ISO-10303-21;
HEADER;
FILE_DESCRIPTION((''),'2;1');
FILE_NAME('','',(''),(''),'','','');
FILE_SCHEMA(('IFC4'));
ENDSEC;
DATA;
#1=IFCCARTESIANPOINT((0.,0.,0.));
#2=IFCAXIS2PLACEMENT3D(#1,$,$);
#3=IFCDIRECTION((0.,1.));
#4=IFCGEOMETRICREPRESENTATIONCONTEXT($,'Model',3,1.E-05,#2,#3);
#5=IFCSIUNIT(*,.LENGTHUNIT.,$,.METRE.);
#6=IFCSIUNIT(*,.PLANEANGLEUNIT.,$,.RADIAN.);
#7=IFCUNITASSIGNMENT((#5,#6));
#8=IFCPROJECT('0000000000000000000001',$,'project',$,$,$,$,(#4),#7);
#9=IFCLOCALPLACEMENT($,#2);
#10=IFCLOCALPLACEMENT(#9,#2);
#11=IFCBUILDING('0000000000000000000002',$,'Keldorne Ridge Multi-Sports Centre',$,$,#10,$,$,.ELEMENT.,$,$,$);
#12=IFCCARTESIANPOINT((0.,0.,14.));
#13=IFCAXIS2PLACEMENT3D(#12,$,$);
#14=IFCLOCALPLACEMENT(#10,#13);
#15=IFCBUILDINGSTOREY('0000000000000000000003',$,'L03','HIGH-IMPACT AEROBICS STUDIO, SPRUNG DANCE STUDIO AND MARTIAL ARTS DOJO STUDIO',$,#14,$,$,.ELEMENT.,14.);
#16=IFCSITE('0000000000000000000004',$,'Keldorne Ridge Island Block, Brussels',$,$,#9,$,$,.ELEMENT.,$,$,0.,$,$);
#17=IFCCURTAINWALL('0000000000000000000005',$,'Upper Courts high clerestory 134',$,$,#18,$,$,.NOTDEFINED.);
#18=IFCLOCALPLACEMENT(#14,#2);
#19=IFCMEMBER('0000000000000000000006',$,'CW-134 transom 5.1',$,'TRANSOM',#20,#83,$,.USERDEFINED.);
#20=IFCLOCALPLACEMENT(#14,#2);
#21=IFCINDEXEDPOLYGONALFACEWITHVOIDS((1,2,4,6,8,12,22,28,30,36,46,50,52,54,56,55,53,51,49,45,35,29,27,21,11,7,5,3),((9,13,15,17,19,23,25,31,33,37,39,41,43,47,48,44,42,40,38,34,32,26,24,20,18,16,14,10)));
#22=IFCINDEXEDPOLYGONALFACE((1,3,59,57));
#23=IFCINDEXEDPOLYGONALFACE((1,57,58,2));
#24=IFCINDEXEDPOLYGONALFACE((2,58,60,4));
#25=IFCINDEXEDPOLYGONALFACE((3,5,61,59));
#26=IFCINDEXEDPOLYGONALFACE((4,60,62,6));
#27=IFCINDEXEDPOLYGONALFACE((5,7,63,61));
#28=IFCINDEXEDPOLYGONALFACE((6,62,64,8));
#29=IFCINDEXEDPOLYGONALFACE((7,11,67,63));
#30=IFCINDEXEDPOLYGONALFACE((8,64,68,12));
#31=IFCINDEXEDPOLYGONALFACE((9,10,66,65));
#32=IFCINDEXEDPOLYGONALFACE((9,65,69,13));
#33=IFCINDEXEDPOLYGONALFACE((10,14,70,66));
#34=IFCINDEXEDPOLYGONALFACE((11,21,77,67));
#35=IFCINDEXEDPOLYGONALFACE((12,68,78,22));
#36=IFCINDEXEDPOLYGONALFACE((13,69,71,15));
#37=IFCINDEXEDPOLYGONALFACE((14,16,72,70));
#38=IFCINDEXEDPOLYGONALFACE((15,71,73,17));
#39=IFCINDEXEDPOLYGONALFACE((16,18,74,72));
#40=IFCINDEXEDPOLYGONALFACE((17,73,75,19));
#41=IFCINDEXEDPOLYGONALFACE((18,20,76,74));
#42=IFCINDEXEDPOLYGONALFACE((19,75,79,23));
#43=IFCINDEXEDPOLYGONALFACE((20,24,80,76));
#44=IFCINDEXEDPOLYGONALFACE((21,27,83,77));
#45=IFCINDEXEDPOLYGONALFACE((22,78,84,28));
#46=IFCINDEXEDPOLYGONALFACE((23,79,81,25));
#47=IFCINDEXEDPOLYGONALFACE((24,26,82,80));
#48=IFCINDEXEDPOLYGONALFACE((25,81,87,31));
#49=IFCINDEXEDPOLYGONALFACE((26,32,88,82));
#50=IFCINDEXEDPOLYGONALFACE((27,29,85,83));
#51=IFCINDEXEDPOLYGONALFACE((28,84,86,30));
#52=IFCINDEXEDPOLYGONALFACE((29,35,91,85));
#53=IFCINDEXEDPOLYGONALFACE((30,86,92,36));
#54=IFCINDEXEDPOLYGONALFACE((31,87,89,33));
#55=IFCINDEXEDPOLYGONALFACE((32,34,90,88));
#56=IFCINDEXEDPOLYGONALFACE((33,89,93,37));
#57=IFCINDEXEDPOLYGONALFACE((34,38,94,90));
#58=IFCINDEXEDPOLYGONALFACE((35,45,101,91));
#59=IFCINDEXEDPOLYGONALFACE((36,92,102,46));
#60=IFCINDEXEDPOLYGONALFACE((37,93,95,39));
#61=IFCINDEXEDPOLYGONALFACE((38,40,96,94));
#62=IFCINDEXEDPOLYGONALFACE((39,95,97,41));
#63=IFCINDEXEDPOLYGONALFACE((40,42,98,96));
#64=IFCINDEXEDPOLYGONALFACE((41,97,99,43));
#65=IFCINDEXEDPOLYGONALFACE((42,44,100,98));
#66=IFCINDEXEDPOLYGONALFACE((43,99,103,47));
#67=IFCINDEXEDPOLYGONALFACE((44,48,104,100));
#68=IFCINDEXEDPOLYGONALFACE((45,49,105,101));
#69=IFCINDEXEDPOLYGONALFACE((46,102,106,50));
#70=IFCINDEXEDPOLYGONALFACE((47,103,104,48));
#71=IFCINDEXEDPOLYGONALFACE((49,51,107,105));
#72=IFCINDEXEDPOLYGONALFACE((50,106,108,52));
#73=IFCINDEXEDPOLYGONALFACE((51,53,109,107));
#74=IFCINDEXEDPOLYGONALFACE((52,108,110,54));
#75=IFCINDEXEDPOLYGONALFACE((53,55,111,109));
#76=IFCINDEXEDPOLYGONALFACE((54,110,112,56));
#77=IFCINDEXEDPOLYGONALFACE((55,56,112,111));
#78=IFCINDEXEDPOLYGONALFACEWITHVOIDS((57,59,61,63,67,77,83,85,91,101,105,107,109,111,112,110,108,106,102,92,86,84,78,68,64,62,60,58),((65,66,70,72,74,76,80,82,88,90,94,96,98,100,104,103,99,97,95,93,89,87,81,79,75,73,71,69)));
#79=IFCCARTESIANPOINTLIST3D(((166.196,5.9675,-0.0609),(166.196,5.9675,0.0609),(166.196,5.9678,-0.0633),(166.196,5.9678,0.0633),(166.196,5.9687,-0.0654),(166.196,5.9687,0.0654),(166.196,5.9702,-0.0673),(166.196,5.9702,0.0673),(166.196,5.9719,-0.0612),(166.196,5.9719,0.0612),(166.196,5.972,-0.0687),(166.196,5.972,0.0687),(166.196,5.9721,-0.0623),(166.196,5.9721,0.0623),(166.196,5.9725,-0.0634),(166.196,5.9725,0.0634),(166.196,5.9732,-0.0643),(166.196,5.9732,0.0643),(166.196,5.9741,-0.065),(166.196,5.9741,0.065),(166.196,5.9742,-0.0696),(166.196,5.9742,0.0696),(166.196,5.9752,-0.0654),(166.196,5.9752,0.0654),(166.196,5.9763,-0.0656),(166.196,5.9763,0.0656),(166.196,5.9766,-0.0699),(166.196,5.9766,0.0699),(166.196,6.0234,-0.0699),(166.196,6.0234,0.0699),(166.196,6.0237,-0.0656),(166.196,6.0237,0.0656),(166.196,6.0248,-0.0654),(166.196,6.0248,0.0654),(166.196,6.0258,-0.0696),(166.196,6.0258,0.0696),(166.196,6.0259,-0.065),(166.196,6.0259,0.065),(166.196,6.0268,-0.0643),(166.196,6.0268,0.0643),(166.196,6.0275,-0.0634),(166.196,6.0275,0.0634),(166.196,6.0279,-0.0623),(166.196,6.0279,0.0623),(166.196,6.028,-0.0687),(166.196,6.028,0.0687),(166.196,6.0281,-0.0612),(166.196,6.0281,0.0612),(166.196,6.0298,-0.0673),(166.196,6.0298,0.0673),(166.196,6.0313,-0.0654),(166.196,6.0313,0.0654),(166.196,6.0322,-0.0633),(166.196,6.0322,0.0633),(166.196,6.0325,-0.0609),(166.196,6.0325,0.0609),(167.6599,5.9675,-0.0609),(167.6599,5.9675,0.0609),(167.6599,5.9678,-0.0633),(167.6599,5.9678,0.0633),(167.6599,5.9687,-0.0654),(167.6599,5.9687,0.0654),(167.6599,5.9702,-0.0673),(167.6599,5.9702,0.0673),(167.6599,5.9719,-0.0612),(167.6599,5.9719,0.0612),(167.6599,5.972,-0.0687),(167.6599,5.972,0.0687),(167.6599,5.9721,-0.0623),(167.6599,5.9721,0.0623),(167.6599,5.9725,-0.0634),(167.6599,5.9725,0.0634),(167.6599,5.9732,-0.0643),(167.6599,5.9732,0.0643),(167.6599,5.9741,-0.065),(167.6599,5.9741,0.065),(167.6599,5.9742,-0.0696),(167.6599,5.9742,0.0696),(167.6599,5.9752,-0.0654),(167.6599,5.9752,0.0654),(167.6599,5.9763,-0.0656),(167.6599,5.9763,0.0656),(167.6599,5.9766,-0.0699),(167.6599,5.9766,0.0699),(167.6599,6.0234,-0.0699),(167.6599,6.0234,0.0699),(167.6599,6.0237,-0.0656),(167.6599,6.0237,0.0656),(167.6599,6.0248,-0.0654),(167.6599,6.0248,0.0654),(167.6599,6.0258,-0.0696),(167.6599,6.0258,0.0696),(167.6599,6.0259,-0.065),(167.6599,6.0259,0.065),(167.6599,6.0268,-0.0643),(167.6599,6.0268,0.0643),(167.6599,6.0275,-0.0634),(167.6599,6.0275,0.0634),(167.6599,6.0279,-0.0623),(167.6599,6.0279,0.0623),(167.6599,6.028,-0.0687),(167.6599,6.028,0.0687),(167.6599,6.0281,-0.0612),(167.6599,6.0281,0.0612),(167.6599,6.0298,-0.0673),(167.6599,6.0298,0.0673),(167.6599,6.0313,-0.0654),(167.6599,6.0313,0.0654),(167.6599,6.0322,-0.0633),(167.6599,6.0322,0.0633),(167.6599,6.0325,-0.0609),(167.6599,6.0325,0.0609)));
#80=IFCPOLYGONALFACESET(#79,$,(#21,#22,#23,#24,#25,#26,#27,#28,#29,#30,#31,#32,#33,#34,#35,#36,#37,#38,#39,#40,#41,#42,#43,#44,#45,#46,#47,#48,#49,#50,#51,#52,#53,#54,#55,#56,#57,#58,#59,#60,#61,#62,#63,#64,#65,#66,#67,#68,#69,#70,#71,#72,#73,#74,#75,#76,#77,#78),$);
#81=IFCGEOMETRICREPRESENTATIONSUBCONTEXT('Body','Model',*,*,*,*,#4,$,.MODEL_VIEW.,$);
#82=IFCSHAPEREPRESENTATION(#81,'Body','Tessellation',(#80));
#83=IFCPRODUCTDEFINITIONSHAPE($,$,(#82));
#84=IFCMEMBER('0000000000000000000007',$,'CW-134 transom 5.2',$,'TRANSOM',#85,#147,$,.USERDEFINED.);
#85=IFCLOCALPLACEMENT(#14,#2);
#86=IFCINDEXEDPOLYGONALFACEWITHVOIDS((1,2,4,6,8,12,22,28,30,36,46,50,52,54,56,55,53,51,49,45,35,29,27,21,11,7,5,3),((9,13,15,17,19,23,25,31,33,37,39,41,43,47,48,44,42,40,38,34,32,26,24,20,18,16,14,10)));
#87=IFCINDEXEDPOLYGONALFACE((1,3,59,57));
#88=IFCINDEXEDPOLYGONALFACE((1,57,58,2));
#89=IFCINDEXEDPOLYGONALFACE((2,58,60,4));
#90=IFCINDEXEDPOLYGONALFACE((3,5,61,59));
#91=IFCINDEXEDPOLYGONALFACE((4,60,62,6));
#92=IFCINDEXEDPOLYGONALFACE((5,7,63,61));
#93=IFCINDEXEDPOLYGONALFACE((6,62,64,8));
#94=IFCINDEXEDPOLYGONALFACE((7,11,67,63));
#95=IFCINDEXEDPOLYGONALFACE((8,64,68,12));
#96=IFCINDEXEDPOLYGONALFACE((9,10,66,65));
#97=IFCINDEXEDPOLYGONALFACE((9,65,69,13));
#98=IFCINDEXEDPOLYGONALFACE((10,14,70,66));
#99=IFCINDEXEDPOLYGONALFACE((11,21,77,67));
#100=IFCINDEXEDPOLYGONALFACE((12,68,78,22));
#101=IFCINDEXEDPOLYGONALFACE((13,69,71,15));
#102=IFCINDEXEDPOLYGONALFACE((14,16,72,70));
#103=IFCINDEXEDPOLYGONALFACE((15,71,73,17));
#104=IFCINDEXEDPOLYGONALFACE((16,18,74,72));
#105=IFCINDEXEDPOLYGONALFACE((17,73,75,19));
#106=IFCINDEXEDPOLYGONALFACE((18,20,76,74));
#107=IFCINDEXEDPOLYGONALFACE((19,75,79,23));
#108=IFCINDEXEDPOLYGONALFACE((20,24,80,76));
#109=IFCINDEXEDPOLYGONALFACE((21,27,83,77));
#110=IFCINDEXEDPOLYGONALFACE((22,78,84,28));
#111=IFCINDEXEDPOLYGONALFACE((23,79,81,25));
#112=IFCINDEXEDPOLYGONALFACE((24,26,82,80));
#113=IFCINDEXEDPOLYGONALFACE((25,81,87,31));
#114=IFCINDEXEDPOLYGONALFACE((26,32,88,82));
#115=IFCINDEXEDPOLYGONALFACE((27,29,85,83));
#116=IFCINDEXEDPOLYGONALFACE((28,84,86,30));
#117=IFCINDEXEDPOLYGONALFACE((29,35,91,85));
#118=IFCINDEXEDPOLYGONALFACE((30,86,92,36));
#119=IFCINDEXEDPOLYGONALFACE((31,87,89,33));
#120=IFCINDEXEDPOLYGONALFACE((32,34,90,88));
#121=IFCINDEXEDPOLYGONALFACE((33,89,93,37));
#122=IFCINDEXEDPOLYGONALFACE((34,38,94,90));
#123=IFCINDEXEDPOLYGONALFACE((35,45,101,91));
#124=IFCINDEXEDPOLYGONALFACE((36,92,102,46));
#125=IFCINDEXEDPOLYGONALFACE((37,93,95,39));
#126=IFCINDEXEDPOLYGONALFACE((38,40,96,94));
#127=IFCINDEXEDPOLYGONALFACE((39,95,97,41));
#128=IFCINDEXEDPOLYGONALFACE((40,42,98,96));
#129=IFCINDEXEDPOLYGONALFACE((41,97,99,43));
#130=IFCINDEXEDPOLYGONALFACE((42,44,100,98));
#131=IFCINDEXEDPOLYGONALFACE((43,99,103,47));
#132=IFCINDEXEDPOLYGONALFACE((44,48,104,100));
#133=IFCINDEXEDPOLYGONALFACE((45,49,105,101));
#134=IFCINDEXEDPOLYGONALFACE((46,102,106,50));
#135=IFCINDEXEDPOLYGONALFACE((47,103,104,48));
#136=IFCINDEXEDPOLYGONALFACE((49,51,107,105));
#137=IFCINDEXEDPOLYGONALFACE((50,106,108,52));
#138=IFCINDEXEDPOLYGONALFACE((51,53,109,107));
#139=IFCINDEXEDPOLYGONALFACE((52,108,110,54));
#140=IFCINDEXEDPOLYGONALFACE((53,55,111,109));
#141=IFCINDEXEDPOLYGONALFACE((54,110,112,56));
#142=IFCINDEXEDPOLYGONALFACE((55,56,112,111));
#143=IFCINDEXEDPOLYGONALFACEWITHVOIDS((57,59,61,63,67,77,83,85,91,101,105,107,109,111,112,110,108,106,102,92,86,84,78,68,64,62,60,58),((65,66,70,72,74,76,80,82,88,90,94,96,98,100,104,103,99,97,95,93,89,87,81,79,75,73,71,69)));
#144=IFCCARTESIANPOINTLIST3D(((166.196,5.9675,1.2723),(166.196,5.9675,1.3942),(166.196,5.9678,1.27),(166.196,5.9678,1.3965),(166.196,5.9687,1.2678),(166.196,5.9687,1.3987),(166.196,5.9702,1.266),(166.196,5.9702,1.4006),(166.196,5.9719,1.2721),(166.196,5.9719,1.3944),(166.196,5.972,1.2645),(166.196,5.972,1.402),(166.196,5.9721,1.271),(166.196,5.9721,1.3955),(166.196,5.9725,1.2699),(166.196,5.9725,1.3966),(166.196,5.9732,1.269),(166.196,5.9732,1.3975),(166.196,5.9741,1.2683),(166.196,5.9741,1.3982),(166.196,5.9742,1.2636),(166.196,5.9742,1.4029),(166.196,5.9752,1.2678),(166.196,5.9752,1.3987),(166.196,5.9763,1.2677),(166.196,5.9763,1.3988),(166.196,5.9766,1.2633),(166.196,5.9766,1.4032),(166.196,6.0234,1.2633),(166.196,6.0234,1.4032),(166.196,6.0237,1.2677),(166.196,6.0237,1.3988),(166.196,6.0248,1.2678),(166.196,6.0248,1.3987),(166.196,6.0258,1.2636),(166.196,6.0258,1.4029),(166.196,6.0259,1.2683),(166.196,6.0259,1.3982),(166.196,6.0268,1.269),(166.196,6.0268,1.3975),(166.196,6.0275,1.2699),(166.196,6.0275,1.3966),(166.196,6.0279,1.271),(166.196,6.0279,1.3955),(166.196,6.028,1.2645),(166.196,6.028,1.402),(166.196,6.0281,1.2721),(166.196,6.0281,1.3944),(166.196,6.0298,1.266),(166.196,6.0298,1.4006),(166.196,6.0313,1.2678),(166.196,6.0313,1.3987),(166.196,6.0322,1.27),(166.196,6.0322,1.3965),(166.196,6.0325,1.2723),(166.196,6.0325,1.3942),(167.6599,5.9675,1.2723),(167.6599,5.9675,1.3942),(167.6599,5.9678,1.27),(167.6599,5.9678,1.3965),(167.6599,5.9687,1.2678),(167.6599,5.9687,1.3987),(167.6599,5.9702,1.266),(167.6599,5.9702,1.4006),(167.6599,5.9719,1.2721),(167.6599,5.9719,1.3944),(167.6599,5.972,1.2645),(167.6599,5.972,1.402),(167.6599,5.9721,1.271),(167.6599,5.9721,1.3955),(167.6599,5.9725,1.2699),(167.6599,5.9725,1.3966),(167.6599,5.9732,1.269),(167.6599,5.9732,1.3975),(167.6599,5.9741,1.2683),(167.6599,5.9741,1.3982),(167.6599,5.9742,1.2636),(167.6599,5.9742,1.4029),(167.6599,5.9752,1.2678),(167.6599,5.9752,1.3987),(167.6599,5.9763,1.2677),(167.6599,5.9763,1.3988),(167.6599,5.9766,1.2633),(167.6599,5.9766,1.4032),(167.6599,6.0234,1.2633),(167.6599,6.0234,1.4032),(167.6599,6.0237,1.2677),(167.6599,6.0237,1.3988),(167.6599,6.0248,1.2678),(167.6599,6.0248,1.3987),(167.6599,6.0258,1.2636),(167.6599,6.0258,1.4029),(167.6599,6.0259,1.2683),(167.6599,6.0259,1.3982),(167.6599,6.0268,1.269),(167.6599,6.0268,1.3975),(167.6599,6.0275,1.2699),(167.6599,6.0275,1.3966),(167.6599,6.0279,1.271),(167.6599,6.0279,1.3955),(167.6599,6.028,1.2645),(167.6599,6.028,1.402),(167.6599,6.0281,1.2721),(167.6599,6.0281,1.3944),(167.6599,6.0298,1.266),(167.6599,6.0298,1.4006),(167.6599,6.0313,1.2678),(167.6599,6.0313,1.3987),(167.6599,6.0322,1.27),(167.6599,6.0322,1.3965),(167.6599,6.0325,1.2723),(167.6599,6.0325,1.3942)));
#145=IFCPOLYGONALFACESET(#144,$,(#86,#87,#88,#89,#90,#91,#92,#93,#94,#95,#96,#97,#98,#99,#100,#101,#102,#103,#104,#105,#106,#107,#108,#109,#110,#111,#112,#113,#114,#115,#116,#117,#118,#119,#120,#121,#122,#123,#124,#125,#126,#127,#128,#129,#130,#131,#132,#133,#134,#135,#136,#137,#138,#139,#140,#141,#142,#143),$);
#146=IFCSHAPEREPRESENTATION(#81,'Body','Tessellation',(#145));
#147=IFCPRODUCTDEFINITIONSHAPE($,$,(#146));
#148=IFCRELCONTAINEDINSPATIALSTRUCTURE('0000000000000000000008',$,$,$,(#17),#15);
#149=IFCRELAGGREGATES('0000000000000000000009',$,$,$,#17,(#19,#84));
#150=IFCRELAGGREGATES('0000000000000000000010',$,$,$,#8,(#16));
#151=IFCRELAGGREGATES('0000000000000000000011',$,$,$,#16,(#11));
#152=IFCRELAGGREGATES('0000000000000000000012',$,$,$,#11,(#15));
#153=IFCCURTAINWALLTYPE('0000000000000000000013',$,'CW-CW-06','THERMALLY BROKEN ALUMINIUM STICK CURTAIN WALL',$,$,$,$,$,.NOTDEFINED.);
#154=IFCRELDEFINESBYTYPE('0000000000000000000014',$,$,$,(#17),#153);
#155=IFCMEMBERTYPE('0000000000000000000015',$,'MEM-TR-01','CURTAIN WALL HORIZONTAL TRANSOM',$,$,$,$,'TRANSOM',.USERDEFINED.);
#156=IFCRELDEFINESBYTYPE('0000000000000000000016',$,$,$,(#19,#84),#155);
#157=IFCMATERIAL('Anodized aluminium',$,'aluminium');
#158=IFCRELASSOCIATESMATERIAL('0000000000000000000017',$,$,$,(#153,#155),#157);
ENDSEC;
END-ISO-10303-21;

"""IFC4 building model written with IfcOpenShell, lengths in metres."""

from ifc_helpers import new_model, si_unit, direction, frame, origin, origin_2d, place, context, subcontext, project, spatial, hollow_rectangle, extrude, material, material_profile, profile_set, type_object, element, aggregate, save


model = new_model("IFC4")

# Units and contexts
model_context = context("Model", 3, precision=1e-05, world=origin(), true_north=direction((0.0, 1.0)))
body_context = subcontext(model_context, "Body", "Model", "MODEL_VIEW")
ifc_project = project(units=[si_unit("LENGTHUNIT", "METRE"), si_unit("PLANEANGLEUNIT", "RADIAN")], contexts=[model_context])

# Site, building, storey
site_placement = place(None, origin())
site = spatial("IfcSite", under=ifc_project, at=site_placement, Name="Keldorne Ridge Island Block, Brussels", CompositionType="ELEMENT", RefElevation=0.0)
building_placement = place(site_placement, origin())
building = spatial("IfcBuilding", under=site, at=building_placement, Name="Keldorne Ridge Multi-Sports Centre", CompositionType="ELEMENT")
storey_placement = place(building_placement, frame((0.0, 0.0, 14.0)))
storey = spatial("IfcBuildingStorey", under=building, at=storey_placement, Name="L03", Description="HIGH-IMPACT AEROBICS STUDIO, SPRUNG DANCE STUDIO AND MARTIAL ARTS DOJO STUDIO", CompositionType="ELEMENT", Elevation=14.0)

# Curtain wall, members
ifc_material_1 = material(Name="Anodized aluminium", Category="aluminium")
curtain_wall_type = type_object("IfcCurtainWallType", Name="CW-CW-06", Description="THERMALLY BROKEN ALUMINIUM STICK CURTAIN WALL", PredefinedType="NOTDEFINED", material=ifc_material_1)
curtain_wall_placement = place(storey_placement, origin())
curtain_wall = element("IfcCurtainWall", 1, at=curtain_wall_placement, inside=storey, type_object=curtain_wall_type, Name="Upper Courts high clerestory 134", PredefinedType="NOTDEFINED")
ifc_material_profile_1 = material_profile(ifc_material_1, hollow_rectangle(XDim=0.0649, YDim=0.1399, WallThickness=0.0044, InnerFilletRadius=0.0044, OuterFilletRadius=0.009, at=origin_2d()), Name="ALU TRANSOM 140x65x4.5")
ifc_profile_set_1 = profile_set([ifc_material_profile_1], Name="Anodized aluminium")
member_type_1 = type_object("IfcMemberType", Name="MEM-TR-01", Description="CURTAIN WALL HORIZONTAL TRANSOM", ElementType="TRANSOM", PredefinedType="USERDEFINED", material=ifc_profile_set_1)
member_1_placement = place(storey_placement, frame((166.196, 6.0, 0.0), z_axis=(1.0, 0.0, 0.0), x_axis=(0.0, 1.0, 0.0)))
member_1 = element("IfcMember", 2, at=member_1_placement, type_object=member_type_1, Name="CW-134 transom 5.1", ObjectType="TRANSOM", PredefinedType="USERDEFINED", context=body_context, shape_type="SweptSolid", body=[
    extrude(hollow_rectangle(XDim=0.0649, YDim=0.1399, WallThickness=0.0044, InnerFilletRadius=0.0044, OuterFilletRadius=0.009, at=origin_2d()), origin(), (0.0, 0.0, 1.0), 1.4639),
])
member_2_placement = place(storey_placement, frame((166.196, 6.0, 1.3333), z_axis=(1.0, 0.0, 0.0), x_axis=(0.0, 1.0, 0.0)))
member_2 = element("IfcMember", 3, at=member_2_placement, type_object=member_type_1, Name="CW-134 transom 5.2", ObjectType="TRANSOM", PredefinedType="USERDEFINED", context=body_context, shape_type="SweptSolid", body=[
    extrude(hollow_rectangle(XDim=0.0649, YDim=0.1399, WallThickness=0.0044, InnerFilletRadius=0.0044, OuterFilletRadius=0.009, at=origin_2d()), origin(), (0.0, 0.0, 1.0), 1.4639),
])
aggregate(curtain_wall, [member_1, member_2])

save(model, "model.ifc")
